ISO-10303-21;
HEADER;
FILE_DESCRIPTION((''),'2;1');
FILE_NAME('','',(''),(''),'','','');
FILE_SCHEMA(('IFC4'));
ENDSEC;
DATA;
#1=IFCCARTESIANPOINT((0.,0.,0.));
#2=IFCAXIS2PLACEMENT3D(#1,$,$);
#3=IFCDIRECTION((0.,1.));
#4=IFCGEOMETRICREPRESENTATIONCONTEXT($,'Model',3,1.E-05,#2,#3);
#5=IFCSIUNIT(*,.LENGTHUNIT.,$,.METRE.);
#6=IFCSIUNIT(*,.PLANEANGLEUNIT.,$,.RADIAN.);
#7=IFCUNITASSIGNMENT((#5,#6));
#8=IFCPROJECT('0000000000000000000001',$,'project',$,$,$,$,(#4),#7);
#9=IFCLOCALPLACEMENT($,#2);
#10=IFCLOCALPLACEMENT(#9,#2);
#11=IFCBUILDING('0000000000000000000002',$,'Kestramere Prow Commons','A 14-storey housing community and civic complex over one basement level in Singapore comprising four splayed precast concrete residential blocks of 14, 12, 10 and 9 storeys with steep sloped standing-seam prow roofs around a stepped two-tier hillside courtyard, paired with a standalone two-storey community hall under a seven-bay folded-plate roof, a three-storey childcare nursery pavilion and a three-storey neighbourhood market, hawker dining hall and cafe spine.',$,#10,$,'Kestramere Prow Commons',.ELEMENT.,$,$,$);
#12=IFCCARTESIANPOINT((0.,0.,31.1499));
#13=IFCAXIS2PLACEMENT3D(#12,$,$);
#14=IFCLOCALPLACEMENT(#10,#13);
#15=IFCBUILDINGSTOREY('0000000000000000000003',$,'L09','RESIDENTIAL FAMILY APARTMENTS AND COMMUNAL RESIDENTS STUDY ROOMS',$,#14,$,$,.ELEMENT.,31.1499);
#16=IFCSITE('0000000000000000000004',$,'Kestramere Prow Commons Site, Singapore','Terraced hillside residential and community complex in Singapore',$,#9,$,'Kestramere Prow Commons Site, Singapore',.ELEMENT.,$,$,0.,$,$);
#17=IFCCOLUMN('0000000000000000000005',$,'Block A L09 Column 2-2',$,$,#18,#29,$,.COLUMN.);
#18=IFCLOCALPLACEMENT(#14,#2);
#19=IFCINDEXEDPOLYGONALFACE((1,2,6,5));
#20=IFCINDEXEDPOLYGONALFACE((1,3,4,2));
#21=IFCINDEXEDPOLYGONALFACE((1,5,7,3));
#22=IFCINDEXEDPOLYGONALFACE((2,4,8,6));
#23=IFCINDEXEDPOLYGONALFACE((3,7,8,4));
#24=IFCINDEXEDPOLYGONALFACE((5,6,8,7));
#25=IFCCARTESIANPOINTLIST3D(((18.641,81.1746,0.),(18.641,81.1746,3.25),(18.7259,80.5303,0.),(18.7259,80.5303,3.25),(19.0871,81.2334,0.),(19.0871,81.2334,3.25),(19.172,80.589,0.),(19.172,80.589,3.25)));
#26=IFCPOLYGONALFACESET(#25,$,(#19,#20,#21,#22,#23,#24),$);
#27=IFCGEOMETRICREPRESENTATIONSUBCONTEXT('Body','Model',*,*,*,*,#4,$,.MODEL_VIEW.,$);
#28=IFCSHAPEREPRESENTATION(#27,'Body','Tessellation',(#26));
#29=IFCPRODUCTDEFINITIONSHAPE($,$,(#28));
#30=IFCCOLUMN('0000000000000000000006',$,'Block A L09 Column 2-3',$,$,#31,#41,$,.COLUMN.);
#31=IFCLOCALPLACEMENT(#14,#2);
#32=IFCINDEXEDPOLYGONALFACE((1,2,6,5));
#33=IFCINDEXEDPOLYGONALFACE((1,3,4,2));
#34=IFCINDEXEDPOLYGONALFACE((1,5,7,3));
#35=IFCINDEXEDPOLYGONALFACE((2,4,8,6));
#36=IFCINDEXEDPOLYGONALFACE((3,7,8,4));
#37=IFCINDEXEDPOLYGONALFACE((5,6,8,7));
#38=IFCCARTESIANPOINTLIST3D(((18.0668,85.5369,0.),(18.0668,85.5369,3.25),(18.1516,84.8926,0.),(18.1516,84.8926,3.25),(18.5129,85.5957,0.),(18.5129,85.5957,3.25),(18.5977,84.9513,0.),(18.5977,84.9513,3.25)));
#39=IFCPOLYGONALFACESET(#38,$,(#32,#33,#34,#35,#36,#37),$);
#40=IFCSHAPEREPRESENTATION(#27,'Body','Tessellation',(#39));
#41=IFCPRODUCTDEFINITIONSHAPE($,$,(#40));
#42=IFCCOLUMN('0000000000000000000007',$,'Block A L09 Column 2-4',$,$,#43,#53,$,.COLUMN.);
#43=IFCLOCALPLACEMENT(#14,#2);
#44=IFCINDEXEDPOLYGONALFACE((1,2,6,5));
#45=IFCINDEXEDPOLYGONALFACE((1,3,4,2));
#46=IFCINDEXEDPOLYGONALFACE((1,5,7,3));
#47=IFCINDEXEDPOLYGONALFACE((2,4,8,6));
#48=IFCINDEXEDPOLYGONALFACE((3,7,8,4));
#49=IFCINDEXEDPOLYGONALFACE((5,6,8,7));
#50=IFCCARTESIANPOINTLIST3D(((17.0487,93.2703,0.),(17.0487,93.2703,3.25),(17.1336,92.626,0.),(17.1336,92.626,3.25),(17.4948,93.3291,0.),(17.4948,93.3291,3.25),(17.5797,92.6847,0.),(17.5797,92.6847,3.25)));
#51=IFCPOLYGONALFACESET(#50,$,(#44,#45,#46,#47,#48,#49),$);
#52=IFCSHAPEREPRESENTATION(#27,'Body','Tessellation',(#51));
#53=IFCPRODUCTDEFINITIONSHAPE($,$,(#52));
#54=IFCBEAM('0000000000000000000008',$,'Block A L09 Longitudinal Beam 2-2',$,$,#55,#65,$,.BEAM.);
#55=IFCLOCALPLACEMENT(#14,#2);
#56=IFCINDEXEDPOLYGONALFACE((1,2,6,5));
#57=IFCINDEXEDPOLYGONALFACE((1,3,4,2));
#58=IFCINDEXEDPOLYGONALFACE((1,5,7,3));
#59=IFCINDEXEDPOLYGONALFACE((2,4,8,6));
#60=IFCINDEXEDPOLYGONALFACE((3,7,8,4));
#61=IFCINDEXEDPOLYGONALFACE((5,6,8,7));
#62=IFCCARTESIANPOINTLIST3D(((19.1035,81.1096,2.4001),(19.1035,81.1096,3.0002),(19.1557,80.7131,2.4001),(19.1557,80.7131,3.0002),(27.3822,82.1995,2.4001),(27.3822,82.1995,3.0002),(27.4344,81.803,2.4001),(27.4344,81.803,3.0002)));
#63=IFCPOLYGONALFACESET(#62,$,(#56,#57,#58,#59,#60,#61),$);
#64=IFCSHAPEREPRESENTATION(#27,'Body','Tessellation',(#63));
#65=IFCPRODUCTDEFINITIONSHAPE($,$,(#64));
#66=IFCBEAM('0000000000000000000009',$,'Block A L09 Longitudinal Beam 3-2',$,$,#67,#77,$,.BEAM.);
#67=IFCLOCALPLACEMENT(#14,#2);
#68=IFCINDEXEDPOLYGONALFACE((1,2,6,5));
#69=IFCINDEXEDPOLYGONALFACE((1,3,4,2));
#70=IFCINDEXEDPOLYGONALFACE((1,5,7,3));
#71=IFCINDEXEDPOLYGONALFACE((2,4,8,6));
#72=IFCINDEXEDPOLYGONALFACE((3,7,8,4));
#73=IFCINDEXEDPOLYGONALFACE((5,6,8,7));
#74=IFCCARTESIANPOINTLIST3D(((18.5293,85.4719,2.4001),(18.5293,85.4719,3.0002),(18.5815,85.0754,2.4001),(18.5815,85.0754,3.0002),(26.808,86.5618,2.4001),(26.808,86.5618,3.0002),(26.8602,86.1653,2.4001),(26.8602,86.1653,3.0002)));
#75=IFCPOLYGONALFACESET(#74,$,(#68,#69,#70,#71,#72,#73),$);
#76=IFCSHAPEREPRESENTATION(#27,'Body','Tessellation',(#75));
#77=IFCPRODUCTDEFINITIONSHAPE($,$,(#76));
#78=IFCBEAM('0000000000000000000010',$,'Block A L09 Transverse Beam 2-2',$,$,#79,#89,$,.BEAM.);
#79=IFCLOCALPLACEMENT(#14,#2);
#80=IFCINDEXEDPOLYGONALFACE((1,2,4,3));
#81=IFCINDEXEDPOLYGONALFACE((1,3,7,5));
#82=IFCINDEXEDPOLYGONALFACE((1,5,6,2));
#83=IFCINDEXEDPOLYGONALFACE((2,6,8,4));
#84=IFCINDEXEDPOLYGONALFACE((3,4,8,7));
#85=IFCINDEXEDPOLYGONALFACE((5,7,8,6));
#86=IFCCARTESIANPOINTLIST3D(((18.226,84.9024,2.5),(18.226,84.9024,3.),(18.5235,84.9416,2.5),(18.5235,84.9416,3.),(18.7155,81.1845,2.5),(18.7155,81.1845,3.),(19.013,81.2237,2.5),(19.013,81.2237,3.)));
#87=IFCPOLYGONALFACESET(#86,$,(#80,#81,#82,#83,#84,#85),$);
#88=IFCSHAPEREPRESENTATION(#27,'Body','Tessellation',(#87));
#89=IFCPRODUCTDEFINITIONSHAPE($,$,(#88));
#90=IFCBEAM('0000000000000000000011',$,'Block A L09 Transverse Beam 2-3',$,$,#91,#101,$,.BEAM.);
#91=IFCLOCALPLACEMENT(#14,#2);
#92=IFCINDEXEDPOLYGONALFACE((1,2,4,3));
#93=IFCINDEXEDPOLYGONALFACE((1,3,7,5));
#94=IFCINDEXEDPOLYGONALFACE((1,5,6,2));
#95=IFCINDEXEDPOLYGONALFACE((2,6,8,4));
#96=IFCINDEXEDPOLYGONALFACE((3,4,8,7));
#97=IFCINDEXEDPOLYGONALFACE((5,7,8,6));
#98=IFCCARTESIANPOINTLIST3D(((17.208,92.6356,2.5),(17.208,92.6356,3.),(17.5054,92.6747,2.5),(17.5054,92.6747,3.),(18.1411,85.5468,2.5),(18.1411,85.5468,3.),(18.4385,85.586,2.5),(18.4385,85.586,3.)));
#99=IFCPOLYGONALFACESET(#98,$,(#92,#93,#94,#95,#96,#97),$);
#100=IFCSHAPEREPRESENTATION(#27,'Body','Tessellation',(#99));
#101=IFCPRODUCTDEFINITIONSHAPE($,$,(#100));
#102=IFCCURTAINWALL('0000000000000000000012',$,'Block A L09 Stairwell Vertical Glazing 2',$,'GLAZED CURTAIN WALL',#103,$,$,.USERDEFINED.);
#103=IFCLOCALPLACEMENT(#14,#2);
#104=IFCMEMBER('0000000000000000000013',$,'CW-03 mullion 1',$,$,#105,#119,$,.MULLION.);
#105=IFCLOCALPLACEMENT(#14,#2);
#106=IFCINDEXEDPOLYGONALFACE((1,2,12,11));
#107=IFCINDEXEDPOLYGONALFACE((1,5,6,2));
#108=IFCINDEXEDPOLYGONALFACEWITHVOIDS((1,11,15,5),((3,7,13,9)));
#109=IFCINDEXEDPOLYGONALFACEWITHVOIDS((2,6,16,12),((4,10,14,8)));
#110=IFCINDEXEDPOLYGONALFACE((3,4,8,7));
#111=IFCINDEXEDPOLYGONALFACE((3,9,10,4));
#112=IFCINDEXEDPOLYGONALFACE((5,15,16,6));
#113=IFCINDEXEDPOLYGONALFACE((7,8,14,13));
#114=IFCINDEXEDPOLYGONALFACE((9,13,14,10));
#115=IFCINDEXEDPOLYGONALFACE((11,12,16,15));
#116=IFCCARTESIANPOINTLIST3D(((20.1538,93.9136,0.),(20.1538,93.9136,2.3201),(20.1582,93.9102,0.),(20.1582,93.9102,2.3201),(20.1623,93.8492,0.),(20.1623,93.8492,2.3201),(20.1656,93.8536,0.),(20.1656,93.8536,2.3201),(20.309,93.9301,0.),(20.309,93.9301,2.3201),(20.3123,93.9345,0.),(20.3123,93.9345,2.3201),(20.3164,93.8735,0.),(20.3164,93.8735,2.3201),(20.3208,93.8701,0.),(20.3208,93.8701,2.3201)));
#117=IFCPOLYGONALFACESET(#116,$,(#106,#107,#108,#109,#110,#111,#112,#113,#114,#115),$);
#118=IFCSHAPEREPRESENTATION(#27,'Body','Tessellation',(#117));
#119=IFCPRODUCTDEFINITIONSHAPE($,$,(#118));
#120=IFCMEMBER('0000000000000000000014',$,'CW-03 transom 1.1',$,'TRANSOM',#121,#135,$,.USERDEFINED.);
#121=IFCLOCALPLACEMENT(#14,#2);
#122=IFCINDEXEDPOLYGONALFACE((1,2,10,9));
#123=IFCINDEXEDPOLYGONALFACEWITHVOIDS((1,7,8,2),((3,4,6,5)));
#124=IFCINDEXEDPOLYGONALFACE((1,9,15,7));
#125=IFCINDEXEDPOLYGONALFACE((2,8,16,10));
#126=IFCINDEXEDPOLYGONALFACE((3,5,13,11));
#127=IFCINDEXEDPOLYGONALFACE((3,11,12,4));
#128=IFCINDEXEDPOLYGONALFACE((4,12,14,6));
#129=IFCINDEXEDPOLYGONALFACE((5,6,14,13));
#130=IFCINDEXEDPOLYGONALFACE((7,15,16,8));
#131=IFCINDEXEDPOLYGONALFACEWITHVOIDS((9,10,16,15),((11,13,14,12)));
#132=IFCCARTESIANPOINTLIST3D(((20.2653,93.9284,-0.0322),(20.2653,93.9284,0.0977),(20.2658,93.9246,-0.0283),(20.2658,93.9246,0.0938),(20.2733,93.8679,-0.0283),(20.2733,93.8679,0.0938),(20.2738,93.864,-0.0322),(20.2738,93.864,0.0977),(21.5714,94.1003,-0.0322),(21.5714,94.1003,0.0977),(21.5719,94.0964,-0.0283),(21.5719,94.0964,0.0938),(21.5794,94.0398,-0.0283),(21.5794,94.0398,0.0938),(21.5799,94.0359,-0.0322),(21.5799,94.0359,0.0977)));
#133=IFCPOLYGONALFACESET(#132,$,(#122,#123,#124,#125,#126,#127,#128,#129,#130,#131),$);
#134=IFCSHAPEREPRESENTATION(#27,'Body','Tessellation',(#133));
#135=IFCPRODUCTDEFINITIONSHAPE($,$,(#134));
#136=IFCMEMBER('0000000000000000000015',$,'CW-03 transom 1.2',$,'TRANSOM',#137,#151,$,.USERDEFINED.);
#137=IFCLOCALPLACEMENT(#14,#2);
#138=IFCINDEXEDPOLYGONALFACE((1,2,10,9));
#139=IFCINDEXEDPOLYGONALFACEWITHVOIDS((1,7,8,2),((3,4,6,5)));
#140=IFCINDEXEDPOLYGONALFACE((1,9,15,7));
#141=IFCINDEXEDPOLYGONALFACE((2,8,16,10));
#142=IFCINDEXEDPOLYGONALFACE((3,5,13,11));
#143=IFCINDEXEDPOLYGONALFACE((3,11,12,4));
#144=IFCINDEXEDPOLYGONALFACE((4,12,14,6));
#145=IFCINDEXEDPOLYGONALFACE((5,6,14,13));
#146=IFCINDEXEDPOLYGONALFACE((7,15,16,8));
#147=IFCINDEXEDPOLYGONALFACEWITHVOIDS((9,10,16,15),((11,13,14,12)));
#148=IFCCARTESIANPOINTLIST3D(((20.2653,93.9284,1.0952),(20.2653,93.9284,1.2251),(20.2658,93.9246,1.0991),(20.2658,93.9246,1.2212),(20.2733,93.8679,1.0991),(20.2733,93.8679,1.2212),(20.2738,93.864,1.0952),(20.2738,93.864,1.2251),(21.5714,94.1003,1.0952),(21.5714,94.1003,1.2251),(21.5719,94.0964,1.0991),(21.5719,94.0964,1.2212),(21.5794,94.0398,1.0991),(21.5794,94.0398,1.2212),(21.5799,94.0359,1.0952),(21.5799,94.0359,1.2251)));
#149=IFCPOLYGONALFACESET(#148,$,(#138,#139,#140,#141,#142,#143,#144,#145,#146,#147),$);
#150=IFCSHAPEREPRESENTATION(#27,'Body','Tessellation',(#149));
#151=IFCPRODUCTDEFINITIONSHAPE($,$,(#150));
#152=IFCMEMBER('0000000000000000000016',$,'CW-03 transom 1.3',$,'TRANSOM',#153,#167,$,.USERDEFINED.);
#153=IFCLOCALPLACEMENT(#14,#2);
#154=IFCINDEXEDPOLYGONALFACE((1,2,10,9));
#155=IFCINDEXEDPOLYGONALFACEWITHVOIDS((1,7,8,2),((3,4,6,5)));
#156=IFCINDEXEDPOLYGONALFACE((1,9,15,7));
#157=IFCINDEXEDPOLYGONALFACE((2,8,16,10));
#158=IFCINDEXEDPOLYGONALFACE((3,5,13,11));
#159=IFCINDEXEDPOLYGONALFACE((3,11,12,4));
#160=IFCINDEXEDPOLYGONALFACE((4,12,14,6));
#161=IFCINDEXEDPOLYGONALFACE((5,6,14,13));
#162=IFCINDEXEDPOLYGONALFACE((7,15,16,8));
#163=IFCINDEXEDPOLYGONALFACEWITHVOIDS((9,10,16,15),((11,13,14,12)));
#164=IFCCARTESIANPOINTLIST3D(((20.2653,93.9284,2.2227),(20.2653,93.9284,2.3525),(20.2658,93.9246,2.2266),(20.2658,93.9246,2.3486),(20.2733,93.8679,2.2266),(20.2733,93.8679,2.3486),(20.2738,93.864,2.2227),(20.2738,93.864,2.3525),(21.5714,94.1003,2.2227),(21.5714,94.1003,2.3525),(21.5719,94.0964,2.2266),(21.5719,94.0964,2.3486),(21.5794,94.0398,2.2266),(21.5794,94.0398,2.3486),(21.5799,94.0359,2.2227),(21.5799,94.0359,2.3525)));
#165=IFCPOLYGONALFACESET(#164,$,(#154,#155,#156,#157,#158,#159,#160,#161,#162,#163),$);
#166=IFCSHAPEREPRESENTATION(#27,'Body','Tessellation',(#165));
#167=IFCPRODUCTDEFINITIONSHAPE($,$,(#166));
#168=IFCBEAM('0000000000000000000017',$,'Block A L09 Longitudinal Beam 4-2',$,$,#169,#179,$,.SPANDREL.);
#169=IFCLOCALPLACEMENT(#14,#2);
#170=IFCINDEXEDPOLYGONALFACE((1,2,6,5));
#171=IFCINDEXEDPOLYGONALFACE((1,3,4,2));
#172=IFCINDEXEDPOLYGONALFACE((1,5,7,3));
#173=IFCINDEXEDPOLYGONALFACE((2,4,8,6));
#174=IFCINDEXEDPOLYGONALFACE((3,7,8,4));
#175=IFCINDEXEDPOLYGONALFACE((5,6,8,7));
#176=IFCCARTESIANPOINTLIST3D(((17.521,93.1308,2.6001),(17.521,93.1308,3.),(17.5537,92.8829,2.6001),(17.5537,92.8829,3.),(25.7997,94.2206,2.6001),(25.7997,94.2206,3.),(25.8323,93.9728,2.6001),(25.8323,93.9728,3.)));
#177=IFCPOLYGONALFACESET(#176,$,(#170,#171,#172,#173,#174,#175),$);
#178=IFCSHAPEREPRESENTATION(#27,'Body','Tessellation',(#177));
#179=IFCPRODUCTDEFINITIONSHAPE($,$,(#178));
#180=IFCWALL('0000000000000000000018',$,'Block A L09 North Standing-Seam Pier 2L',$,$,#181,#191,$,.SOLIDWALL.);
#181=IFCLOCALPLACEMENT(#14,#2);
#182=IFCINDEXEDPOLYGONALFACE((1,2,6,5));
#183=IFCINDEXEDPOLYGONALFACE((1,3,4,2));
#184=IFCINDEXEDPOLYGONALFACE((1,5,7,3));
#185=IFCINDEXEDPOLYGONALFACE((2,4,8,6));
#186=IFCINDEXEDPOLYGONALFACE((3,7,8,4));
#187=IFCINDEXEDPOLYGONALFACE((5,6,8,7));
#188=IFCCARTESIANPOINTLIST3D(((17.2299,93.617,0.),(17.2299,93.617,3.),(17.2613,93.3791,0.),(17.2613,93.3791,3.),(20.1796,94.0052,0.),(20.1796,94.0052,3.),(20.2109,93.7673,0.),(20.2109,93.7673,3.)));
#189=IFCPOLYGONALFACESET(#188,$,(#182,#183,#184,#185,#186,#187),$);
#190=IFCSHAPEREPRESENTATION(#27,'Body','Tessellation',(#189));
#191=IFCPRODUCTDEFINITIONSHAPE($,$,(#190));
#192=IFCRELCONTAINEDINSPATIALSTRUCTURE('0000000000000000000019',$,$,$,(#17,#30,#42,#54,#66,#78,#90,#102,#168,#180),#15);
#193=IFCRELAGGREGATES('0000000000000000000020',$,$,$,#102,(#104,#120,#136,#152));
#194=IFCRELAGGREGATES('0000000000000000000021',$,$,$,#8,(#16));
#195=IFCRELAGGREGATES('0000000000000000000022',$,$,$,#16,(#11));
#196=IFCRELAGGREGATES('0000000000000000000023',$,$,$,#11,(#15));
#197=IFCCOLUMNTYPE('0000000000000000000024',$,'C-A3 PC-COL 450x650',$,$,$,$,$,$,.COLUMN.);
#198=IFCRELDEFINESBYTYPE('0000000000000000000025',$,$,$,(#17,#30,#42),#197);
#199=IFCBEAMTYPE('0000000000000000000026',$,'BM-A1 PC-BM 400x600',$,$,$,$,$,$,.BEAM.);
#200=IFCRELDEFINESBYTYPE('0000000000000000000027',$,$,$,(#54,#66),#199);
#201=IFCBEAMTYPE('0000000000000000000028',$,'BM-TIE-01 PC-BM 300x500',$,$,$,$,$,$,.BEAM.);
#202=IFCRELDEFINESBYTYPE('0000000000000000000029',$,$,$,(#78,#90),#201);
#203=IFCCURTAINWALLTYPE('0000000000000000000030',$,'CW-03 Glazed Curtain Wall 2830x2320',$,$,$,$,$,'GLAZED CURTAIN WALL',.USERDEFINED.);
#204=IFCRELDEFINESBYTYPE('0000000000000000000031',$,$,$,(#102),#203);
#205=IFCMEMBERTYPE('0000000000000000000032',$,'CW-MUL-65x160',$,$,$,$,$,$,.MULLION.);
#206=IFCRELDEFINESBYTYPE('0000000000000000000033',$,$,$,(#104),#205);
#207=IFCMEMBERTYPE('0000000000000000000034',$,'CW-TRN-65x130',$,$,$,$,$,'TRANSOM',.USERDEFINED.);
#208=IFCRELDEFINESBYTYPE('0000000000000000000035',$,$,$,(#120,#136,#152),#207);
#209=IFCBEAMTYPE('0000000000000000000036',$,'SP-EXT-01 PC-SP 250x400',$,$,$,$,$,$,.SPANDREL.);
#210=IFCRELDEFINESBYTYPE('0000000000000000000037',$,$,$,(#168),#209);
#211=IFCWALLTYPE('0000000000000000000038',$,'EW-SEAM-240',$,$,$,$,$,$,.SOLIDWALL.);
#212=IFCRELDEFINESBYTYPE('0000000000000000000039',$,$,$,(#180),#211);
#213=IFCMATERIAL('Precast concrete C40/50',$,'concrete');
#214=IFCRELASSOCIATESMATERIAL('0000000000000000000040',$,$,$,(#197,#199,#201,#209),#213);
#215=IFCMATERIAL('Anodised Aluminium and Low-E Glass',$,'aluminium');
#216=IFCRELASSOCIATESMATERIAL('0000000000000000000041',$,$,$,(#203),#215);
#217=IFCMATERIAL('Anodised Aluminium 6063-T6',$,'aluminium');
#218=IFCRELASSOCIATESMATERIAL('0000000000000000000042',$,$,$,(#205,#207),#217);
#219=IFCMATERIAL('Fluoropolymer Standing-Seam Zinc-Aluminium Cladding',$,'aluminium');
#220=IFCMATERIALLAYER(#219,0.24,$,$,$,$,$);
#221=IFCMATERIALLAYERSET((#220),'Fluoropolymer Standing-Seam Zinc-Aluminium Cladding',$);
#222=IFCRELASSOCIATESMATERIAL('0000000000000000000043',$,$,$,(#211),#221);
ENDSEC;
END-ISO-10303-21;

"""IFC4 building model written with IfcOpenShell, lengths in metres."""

from ifc_helpers import new_model, si_unit, direction, frame, frame_2d, origin, origin_2d, place, context, subcontext, project, spatial, rectangle, hollow_rectangle, extrude, material, layer, layer_set, material_profile, profile_set, type_object, element, aggregate, save


model = new_model("IFC4")

# Units and contexts
model_context = context("Model", 3, precision=1e-05, world=origin(), true_north=direction((0.0, 1.0)))
body_context = subcontext(model_context, "Body", "Model", "MODEL_VIEW")
ifc_project = project(units=[si_unit("LENGTHUNIT", "METRE"), si_unit("PLANEANGLEUNIT", "RADIAN")], contexts=[model_context])

# Site, building, storey
site_placement = place(None, origin())
site = spatial("IfcSite", under=ifc_project, at=site_placement, Name="Kestramere Prow Commons Site, Singapore", Description="Terraced hillside residential and community complex in Singapore", LongName="Kestramere Prow Commons Site, Singapore", CompositionType="ELEMENT", RefElevation=0.0)
building_placement = place(site_placement, origin())
building = spatial("IfcBuilding", under=site, at=building_placement, Name="Kestramere Prow Commons", Description="A 14-storey housing community and civic complex over one basement level in Singapore comprising four splayed precast concrete residential blocks of 14, 12, 10 and 9 storeys with steep sloped standing-seam prow roofs around a stepped two-tier hillside courtyard, paired with a standalone two-storey community hall under a seven-bay folded-plate roof, a three-storey childcare nursery pavilion and a three-storey neighbourhood market, hawker dining hall and cafe spine.", LongName="Kestramere Prow Commons", CompositionType="ELEMENT")
storey_placement = place(building_placement, frame((0.0, 0.0, 31.1499)))
storey = spatial("IfcBuildingStorey", under=building, at=storey_placement, Name="L09", Description="RESIDENTIAL FAMILY APARTMENTS AND COMMUNAL RESIDENTS STUDY ROOMS", CompositionType="ELEMENT", Elevation=31.1499)

# Columns
ifc_material_1 = material(Name="Precast concrete C40/50", Category="concrete")
ifc_material_profile_1 = material_profile(ifc_material_1, rectangle(XDim=0.45, YDim=0.6499, at=origin_2d()), Name="PC-COL 450x650")
ifc_profile_set_1 = profile_set([ifc_material_profile_1], Name="Precast concrete C40/50")
column_type = type_object("IfcColumnType", Name="C-A3 PC-COL 450x650", PredefinedType="COLUMN", material=ifc_profile_set_1)
for number, where, z_axis, x_axis, name in (
    (1, (18.9065, 80.8818, 0.0), (0.0, 0.0, 1.0), (0.991445, 0.130526, 0.0), "Block A L09 Column 2-2"),
    (2, (18.3323, 85.2441, 0.0), (0.0, 0.0, 1.0), (0.991445, 0.130526, 0.0), "Block A L09 Column 2-3"),
    (3, (17.3142, 92.9775, 0.0), (0.0, 0.0, 1.0), (0.991445, 0.130526, 0.0), "Block A L09 Column 2-4"),
):
    element("IfcColumn", number, at=place(storey_placement, frame(where, z_axis=z_axis, x_axis=x_axis)), inside=storey, type_object=column_type, Name=name, PredefinedType="COLUMN", context=body_context, shape_type="SweptSolid", body=[
        extrude(rectangle(XDim=0.45, YDim=0.6499, at=origin_2d()), origin(), (0.0, 0.0, 1.0), 3.25),
    ])

# Beams
ifc_material_profile_2 = material_profile(ifc_material_1, rectangle(XDim=0.3999, YDim=0.6001, at=origin_2d()), Name="PC-BM 400x600")
ifc_profile_set_2 = profile_set([ifc_material_profile_2], Name="Precast concrete C40/50")
beam_type_1 = type_object("IfcBeamType", Name="BM-A1 PC-BM 400x600", PredefinedType="BEAM", material=ifc_profile_set_2)
for number, where, z_axis, x_axis, name in (
    (4, (19.1296, 80.9114, 2.7002), (0.991446, 0.13052, 0.0), (-0.13052, 0.991446, 0.0), "Block A L09 Longitudinal Beam 2-2"),
    (5, (18.5554, 85.2737, 2.7002), (0.991446, 0.13052, 0.0), (-0.13052, 0.991446, 0.0), "Block A L09 Longitudinal Beam 3-2"),
):
    element("IfcBeam", number, at=place(storey_placement, frame(where, z_axis=z_axis, x_axis=x_axis)), inside=storey, type_object=beam_type_1, Name=name, PredefinedType="BEAM", context=body_context, shape_type="SweptSolid", body=[
        extrude(rectangle(XDim=0.3999, YDim=0.6001, at=origin_2d()), origin(), (0.0, 0.0, 1.0), 8.3501),
    ])
ifc_material_profile_3 = material_profile(ifc_material_1, rectangle(XDim=0.3, YDim=0.5, at=origin_2d()), Name="PC-BM 300x500")
ifc_profile_set_3 = profile_set([ifc_material_profile_3], Name="Precast concrete C40/50")
beam_type_2 = type_object("IfcBeamType", Name="BM-TIE-01 PC-BM 300x500", PredefinedType="BEAM", material=ifc_profile_set_3)
beam_1_placement = place(storey_placement, frame((18.8643, 81.2041, 2.75), z_axis=(-0.13053, 0.991444, 0.0), x_axis=(-0.991444, -0.13053, 0.0)))
element("IfcBeam", 6, at=beam_1_placement, inside=storey, type_object=beam_type_2, Name="Block A L09 Transverse Beam 2-2", PredefinedType="BEAM", context=body_context, shape_type="SweptSolid", body=[
    extrude(rectangle(XDim=0.3, YDim=0.5, at=origin_2d()), origin(), (0.0, 0.0, 1.0), 3.75),
])
beam_2_placement = place(storey_placement, frame((18.2898, 85.5664, 2.75), z_axis=(-0.130504, 0.991448, 0.0), x_axis=(-0.991448, -0.130504, 0.0)))
element("IfcBeam", 7, at=beam_2_placement, inside=storey, type_object=beam_type_2, Name="Block A L09 Transverse Beam 2-3", PredefinedType="BEAM", context=body_context, shape_type="SweptSolid", body=[
    extrude(rectangle(XDim=0.3, YDim=0.5, at=origin_2d()), origin(), (0.0, 0.0, 1.0), 7.1499),
])

# Curtain wall, members
ifc_material_2 = material(Name="Anodised Aluminium and Low-E Glass", Category="aluminium")
curtain_wall_type = type_object("IfcCurtainWallType", Name="CW-03 Glazed Curtain Wall 2830x2320", ElementType="GLAZED CURTAIN WALL", PredefinedType="USERDEFINED", material=ifc_material_2)
curtain_wall_placement = place(storey_placement, origin())
curtain_wall = element("IfcCurtainWall", 8, at=curtain_wall_placement, inside=storey, type_object=curtain_wall_type, Name="Block A L09 Stairwell Vertical Glazing 2", ObjectType="GLAZED CURTAIN WALL", PredefinedType="USERDEFINED")
ifc_material_3 = material(Name="Anodised Aluminium 6063-T6", Category="aluminium")
ifc_material_profile_4 = material_profile(ifc_material_3, hollow_rectangle(XDim=0.0649, YDim=0.1599, WallThickness=0.0039, at=origin_2d()), Name="ALU-MUL 65x160")
ifc_profile_set_4 = profile_set([ifc_material_profile_4], Name="Anodised Aluminium 6063-T6")
member_type_1 = type_object("IfcMemberType", Name="CW-MUL-65x160", PredefinedType="MULLION", material=ifc_profile_set_4)
member_1_placement = place(storey_placement, frame((20.2373, 93.8918, 0.0), z_axis=(0.0, 0.0, 1.0), x_axis=(-0.130526, 0.991445, 0.0)))
member_1 = element("IfcMember", 9, at=member_1_placement, type_object=member_type_1, Name="CW-03 mullion 1", PredefinedType="MULLION", context=body_context, shape_type="SweptSolid", body=[
    extrude(hollow_rectangle(XDim=0.0649, YDim=0.1599, WallThickness=0.0039, at=origin_2d()), origin(), (0.0, 0.0, 1.0), 2.3201),
])
ifc_material_profile_5 = material_profile(ifc_material_3, hollow_rectangle(XDim=0.0649, YDim=0.1299, WallThickness=0.0039, at=origin_2d()), Name="ALU-TRN 65x130")
ifc_profile_set_5 = profile_set([ifc_material_profile_5], Name="Anodised Aluminium 6063-T6")
member_type_2 = type_object("IfcMemberType", Name="CW-TRN-65x130", ElementType="TRANSOM", PredefinedType="USERDEFINED", material=ifc_profile_set_5)
member_2_placement = place(storey_placement, frame((20.2695, 93.8962, 0.0327), z_axis=(0.991453, 0.130464, 0.0), x_axis=(-0.130464, 0.991453, 0.0)))
member_2 = element("IfcMember", 10, at=member_2_placement, type_object=member_type_2, Name="CW-03 transom 1.1", ObjectType="TRANSOM", PredefinedType="USERDEFINED", context=body_context, shape_type="SweptSolid", body=[
    extrude(hollow_rectangle(XDim=0.0649, YDim=0.1299, WallThickness=0.0039, at=origin_2d()), origin(), (0.0, 0.0, 1.0), 1.3174),
])
member_3_placement = place(storey_placement, frame((20.2695, 93.8962, 1.1602), z_axis=(0.991453, 0.130464, 0.0), x_axis=(-0.130464, 0.991453, 0.0)))
member_3 = element("IfcMember", 11, at=member_3_placement, type_object=member_type_2, Name="CW-03 transom 1.2", ObjectType="TRANSOM", PredefinedType="USERDEFINED", context=body_context, shape_type="SweptSolid", body=[
    extrude(hollow_rectangle(XDim=0.0649, YDim=0.1299, WallThickness=0.0039, at=origin_2d()), origin(), (0.0, 0.0, 1.0), 1.3174),
])
member_4_placement = place(storey_placement, frame((20.2695, 93.8962, 2.2876), z_axis=(0.991453, 0.130464, 0.0), x_axis=(-0.130464, 0.991453, 0.0)))
member_4 = element("IfcMember", 12, at=member_4_placement, type_object=member_type_2, Name="CW-03 transom 1.3", ObjectType="TRANSOM", PredefinedType="USERDEFINED", context=body_context, shape_type="SweptSolid", body=[
    extrude(hollow_rectangle(XDim=0.0649, YDim=0.1299, WallThickness=0.0039, at=origin_2d()), origin(), (0.0, 0.0, 1.0), 1.3174),
])
aggregate(curtain_wall, [member_1, member_2, member_3, member_4])

# Beam
ifc_material_profile_6 = material_profile(ifc_material_1, rectangle(XDim=0.25, YDim=0.3999, at=origin_2d()), Name="PC-SP 250x400")
ifc_profile_set_6 = profile_set([ifc_material_profile_6], Name="Precast concrete C40/50")
beam_type_3 = type_object("IfcBeamType", Name="SP-EXT-01 PC-SP 250x400", PredefinedType="SPANDREL", material=ifc_profile_set_6)
beam_3_placement = place(storey_placement, frame((17.5374, 93.0068, 2.8), z_axis=(0.991446, 0.13052, 0.0), x_axis=(-0.13052, 0.991446, 0.0)))
element("IfcBeam", 13, at=beam_3_placement, inside=storey, type_object=beam_type_3, Name="Block A L09 Longitudinal Beam 4-2", PredefinedType="SPANDREL", context=body_context, shape_type="SweptSolid", body=[
    extrude(rectangle(XDim=0.25, YDim=0.3999, at=origin_2d()), origin(), (0.0, 0.0, 1.0), 8.3501),
])

# Wall
ifc_material_4 = material(Name="Fluoropolymer Standing-Seam Zinc-Aluminium Cladding", Category="aluminium")
ifc_layer_1 = layer(ifc_material_4, 0.24)
ifc_layer_set_1 = layer_set([ifc_layer_1], Name="Fluoropolymer Standing-Seam Zinc-Aluminium Cladding")
wall_type_1 = type_object("IfcWallType", Name="EW-SEAM-240", PredefinedType="SOLIDWALL", material=ifc_layer_set_1)
wall_1_placement = place(storey_placement, frame((17.2456, 93.498, 0.0), z_axis=(0.0, 0.0, 1.0), x_axis=(0.991452, 0.130476, 0.0)))
element("IfcWall", 14, at=wall_1_placement, inside=storey, type_object=wall_type_1, Name="Block A L09 North Standing-Seam Pier 2L", PredefinedType="SOLIDWALL", context=body_context, shape_type="SweptSolid", body=[
    extrude(rectangle(XDim=2.9751, YDim=0.24, at=frame_2d((1.4875, 0.0))), origin(), (0.0, 0.0, 1.0), 3.0),
])

save(model, "model.ifc")
